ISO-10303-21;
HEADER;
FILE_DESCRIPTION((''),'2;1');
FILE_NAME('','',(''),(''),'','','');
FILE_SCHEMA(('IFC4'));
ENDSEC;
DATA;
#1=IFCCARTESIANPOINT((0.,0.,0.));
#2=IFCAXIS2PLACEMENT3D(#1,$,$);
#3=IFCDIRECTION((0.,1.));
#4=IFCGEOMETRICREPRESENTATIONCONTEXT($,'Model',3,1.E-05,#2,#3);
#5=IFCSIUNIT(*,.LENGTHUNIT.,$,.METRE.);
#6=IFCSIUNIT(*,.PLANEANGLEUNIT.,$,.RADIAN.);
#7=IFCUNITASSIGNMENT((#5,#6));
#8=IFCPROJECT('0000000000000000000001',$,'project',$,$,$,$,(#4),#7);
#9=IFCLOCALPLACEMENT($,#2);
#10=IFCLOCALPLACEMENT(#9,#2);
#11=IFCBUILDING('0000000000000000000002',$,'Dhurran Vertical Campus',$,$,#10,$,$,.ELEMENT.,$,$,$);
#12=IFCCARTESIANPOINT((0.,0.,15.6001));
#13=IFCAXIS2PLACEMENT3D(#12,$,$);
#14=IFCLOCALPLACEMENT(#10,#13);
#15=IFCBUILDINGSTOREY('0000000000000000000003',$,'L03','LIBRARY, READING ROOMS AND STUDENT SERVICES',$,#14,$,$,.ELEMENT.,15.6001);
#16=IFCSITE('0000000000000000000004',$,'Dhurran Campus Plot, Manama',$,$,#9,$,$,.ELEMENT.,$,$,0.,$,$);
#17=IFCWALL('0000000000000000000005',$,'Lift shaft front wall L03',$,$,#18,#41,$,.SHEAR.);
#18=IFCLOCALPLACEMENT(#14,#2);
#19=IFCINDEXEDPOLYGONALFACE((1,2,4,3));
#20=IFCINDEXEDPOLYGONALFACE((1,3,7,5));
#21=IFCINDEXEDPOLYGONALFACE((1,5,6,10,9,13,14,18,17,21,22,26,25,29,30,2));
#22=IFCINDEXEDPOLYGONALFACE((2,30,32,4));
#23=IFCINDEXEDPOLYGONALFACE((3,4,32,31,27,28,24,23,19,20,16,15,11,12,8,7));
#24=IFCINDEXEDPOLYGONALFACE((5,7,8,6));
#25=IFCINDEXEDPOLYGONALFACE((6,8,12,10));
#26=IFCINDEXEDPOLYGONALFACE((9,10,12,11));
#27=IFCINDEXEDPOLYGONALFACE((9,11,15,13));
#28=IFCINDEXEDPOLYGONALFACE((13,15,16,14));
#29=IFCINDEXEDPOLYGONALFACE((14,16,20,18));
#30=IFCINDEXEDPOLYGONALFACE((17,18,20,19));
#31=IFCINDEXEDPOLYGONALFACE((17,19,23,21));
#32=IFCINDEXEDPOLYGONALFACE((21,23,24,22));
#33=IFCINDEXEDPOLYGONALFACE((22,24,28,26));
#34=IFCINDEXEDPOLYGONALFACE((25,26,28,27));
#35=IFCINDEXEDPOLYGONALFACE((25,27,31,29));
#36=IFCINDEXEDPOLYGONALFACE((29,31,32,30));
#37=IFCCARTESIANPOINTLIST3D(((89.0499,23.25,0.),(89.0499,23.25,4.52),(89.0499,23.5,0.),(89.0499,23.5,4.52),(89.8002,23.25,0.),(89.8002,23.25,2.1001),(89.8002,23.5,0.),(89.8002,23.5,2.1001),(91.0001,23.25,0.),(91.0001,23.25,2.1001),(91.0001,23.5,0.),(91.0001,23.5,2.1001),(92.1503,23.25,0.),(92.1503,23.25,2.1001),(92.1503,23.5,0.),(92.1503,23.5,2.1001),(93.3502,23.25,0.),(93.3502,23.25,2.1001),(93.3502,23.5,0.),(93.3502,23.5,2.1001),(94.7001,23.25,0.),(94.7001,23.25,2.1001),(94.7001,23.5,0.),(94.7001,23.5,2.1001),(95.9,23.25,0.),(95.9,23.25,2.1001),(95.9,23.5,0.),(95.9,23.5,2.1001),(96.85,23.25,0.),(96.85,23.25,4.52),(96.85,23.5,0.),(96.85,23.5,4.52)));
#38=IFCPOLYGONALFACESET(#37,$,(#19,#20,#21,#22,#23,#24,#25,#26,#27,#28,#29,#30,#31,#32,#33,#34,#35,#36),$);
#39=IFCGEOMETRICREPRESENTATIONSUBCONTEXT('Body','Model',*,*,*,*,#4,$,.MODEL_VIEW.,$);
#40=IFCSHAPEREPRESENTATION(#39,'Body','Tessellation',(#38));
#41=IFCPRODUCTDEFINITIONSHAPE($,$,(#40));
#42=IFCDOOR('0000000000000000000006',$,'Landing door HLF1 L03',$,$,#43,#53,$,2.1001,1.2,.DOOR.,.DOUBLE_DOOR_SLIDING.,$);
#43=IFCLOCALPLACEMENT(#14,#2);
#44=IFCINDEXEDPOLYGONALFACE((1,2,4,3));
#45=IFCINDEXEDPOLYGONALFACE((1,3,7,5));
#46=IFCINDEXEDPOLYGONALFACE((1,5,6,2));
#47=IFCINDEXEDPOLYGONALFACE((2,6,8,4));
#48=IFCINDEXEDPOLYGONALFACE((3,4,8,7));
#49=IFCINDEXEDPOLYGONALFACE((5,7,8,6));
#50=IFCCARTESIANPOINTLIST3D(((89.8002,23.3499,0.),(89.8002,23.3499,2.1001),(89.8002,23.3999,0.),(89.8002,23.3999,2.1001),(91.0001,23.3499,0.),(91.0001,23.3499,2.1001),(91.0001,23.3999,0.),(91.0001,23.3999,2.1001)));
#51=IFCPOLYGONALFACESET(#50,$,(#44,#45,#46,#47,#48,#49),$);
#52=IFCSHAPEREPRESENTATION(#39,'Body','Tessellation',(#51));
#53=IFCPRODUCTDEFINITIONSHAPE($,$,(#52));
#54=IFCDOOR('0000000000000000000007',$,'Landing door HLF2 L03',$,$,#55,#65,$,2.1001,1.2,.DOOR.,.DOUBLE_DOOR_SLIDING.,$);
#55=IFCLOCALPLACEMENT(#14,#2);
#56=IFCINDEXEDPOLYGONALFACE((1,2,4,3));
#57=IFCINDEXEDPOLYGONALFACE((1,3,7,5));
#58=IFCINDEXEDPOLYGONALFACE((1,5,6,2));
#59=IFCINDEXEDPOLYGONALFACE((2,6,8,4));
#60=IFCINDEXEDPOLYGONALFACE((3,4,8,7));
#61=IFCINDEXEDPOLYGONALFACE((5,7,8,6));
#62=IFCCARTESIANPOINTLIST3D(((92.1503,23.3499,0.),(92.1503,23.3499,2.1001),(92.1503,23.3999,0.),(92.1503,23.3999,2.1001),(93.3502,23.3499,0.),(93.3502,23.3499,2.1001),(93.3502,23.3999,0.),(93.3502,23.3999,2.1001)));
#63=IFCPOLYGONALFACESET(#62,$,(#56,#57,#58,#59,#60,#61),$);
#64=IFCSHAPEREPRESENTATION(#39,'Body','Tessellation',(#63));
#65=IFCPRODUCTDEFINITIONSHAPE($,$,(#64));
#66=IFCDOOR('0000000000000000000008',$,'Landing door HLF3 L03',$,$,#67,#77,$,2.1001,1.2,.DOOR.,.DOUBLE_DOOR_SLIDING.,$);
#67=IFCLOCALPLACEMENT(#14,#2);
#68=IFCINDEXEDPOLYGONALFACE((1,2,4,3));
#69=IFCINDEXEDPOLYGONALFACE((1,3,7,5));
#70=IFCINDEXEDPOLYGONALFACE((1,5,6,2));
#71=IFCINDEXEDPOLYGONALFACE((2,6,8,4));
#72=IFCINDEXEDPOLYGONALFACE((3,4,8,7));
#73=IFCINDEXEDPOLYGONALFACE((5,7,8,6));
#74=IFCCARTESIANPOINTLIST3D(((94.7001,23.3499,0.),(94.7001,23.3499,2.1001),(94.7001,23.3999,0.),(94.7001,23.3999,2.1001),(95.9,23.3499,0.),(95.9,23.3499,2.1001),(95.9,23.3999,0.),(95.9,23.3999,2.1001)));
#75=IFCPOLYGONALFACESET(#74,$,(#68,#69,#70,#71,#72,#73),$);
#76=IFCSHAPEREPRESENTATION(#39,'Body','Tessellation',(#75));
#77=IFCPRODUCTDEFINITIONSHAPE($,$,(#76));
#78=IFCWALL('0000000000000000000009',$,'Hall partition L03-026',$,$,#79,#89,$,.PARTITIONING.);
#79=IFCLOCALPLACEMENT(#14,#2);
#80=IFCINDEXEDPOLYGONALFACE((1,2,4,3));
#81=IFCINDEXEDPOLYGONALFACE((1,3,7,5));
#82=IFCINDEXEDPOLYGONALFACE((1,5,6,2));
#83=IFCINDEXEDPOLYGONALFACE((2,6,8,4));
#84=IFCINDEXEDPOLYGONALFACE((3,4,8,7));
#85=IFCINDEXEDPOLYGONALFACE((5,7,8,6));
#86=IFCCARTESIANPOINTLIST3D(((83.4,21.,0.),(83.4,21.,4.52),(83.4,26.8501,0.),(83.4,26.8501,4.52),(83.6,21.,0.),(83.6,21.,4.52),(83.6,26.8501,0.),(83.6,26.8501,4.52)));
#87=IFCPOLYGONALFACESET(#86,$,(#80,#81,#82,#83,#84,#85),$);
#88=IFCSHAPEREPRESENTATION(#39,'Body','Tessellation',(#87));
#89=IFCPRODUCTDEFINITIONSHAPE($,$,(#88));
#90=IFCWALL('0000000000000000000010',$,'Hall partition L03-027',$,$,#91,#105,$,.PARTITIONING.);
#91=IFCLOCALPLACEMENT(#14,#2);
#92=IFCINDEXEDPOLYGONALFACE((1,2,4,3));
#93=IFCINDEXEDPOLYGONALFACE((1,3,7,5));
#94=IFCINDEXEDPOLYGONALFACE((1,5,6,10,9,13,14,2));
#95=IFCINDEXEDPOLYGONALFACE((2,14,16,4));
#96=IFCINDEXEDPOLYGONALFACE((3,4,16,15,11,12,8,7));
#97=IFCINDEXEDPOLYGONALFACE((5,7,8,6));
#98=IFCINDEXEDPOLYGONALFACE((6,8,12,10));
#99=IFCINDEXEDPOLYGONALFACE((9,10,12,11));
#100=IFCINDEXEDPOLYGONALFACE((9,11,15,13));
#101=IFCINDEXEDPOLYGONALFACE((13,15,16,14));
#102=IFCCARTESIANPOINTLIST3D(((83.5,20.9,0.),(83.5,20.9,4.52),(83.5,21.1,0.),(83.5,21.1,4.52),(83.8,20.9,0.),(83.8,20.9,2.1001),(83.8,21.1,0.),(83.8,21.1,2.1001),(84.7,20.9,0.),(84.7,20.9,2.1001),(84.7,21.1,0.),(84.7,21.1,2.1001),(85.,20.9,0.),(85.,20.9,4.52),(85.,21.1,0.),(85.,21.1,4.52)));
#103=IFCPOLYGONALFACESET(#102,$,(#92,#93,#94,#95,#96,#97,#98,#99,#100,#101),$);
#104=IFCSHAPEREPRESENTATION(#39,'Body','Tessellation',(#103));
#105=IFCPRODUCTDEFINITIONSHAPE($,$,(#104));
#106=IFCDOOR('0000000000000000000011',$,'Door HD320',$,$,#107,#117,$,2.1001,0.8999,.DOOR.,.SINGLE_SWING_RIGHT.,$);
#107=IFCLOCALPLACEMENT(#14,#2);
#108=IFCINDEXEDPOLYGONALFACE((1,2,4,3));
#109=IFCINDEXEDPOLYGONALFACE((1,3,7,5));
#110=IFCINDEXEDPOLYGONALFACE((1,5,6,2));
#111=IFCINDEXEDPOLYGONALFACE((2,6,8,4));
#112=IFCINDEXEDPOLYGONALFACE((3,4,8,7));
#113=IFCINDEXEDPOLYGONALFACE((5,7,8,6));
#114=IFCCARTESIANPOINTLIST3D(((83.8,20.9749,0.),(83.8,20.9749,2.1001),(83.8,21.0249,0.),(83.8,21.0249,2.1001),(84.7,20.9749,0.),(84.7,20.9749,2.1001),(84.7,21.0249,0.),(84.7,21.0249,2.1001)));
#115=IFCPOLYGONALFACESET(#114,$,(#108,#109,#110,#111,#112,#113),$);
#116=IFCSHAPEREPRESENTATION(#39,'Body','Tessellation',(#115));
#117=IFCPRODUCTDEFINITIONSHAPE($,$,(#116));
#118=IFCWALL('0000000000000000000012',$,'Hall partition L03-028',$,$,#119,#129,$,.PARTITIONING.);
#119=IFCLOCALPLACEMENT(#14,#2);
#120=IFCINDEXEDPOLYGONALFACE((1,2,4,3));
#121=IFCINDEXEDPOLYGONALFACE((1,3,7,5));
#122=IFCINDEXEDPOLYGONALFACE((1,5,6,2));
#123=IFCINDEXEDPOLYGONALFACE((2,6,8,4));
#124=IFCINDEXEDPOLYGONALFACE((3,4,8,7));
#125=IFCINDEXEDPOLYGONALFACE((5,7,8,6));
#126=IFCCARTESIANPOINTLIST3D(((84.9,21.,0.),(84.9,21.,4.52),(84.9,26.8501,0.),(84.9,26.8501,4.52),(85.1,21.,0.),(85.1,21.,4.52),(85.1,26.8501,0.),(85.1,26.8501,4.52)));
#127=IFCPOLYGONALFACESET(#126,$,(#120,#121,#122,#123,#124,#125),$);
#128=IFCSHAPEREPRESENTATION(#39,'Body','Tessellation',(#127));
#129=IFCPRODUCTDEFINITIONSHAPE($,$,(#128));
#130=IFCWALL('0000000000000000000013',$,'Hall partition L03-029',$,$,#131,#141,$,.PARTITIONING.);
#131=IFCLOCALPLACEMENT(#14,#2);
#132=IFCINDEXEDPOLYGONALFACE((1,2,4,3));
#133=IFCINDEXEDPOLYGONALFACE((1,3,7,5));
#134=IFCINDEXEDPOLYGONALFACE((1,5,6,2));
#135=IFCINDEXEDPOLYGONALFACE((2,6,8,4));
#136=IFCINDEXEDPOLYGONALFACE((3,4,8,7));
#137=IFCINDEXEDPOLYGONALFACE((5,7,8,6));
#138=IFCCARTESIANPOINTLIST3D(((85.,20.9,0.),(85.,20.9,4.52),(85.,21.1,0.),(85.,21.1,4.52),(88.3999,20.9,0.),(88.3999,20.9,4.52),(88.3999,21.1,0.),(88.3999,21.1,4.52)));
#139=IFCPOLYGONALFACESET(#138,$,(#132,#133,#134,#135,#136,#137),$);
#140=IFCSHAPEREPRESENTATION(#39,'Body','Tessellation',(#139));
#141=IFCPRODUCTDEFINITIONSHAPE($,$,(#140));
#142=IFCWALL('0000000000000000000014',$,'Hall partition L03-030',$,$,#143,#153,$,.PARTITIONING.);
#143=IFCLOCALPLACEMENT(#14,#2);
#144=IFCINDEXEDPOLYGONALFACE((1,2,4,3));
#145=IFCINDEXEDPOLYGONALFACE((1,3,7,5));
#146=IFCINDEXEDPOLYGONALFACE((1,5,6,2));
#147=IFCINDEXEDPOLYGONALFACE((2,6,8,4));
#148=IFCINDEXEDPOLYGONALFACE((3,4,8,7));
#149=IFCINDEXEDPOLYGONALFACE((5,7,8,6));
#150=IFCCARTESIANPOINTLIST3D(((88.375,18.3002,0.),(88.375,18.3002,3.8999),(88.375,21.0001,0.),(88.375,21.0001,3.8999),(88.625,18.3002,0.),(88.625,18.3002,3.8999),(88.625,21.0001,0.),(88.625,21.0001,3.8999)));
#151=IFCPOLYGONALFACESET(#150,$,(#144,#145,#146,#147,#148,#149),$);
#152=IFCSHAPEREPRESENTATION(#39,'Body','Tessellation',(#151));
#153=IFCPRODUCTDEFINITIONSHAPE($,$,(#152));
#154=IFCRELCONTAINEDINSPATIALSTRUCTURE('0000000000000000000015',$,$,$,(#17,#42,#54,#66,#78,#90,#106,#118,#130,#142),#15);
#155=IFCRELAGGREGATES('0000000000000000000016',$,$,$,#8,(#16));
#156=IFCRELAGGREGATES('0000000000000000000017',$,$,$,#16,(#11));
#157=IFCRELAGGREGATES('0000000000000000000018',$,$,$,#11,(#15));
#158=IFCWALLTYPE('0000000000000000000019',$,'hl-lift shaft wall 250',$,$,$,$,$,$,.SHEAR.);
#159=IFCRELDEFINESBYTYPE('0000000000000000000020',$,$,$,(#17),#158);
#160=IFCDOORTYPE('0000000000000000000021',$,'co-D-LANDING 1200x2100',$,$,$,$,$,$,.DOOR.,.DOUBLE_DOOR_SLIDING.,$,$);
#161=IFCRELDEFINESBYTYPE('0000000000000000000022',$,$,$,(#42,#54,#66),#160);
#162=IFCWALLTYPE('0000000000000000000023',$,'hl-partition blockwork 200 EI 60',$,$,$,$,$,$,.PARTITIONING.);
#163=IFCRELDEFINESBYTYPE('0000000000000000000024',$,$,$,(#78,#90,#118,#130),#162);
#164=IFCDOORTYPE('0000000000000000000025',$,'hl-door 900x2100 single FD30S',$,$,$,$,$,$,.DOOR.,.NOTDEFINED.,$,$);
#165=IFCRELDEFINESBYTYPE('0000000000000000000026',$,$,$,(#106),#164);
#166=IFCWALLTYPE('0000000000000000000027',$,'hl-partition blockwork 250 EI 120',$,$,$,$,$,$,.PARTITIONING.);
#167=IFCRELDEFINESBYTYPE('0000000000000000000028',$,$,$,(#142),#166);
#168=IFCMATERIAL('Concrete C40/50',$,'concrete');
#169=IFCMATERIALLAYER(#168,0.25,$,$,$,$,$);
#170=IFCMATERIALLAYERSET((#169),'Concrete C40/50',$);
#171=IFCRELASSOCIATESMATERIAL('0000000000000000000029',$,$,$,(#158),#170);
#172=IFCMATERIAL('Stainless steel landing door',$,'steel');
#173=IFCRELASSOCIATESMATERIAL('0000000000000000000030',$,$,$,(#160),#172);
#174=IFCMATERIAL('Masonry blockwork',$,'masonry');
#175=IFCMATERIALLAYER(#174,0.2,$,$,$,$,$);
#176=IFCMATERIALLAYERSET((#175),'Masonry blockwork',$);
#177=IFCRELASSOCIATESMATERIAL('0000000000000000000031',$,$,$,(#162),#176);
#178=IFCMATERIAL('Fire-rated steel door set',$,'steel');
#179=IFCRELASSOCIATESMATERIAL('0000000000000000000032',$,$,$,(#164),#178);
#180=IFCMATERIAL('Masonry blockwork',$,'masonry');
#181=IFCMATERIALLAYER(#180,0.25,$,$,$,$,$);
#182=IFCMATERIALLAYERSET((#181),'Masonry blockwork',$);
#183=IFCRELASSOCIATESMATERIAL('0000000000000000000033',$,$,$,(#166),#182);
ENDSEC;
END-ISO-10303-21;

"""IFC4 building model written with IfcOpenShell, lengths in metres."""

from ifc_helpers import new_model, si_unit, direction, frame, frame_2d, origin, place, context, subcontext, project, spatial, rectangle, extrude, material, layer, layer_set, type_object, element, fill, save


model = new_model("IFC4")

# Units and contexts
model_context = context("Model", 3, precision=1e-05, world=origin(), true_north=direction((0.0, 1.0)))
body_context = subcontext(model_context, "Body", "Model", "MODEL_VIEW")
ifc_project = project(units=[si_unit("LENGTHUNIT", "METRE"), si_unit("PLANEANGLEUNIT", "RADIAN")], contexts=[model_context])

# Site, building, storey
site_placement = place(None, origin())
site = spatial("IfcSite", under=ifc_project, at=site_placement, Name="Dhurran Campus Plot, Manama", CompositionType="ELEMENT", RefElevation=0.0)
building_placement = place(site_placement, origin())
building = spatial("IfcBuilding", under=site, at=building_placement, Name="Dhurran Vertical Campus", CompositionType="ELEMENT")
storey_placement = place(building_placement, frame((0.0, 0.0, 15.6001)))
storey = spatial("IfcBuildingStorey", under=building, at=storey_placement, Name="L03", Description="LIBRARY, READING ROOMS AND STUDENT SERVICES", CompositionType="ELEMENT", Elevation=15.6001)

# Shared definitions
ifc_material_1 = material(Name="Concrete C40/50", Category="concrete")
ifc_layer_1 = layer(ifc_material_1, 0.25)
ifc_layer_set_1 = layer_set([ifc_layer_1], Name="Concrete C40/50")
wall_type_1 = type_object("IfcWallType", Name="hl-lift shaft wall 250", PredefinedType="SHEAR", material=ifc_layer_set_1)

# Wall, openings, doors
wall_1_placement = place(storey_placement, frame((89.05, 23.375, 0.0), z_axis=(0.0, 0.0, 1.0), x_axis=(1.0, 0.0, 0.0)))
wall_1 = element("IfcWall", 1, at=wall_1_placement, inside=storey, type_object=wall_type_1, Name="Lift shaft front wall L03", PredefinedType="SHEAR", context=body_context, shape_type="SweptSolid", body=[
    extrude(rectangle(XDim=7.8, YDim=0.25, at=frame_2d((3.8999, 0.0))), origin(), (0.0, 0.0, 1.0), 4.52),
])
opening_1_placement = place(wall_1_placement, frame((0.75, 0.0, 0.0)))
opening_1 = element("IfcOpeningElement", 2, at=opening_1_placement, cuts=wall_1, PredefinedType="OPENING", context=body_context, shape_type="SweptSolid", body=[
    extrude(rectangle(XDim=1.2, YDim=2.1001, at=frame_2d((0.6001, 1.05))), frame((0.0, 0.135, 0.0), z_axis=(0.0, -1.0, 0.0), x_axis=(1.0, 0.0, 0.0)), (0.0, 0.0, 1.0), 0.27),
])
opening_2_placement = place(wall_1_placement, frame((3.1001, 0.0, 0.0)))
opening_2 = element("IfcOpeningElement", 3, at=opening_2_placement, cuts=wall_1, PredefinedType="OPENING", context=body_context, shape_type="SweptSolid", body=[
    extrude(rectangle(XDim=1.2, YDim=2.1001, at=frame_2d((0.6001, 1.05))), frame((0.0, 0.135, 0.0), z_axis=(0.0, -1.0, 0.0), x_axis=(1.0, 0.0, 0.0)), (0.0, 0.0, 1.0), 0.27),
])
opening_3_placement = place(wall_1_placement, frame((5.6499, 0.0, 0.0)))
opening_3 = element("IfcOpeningElement", 4, at=opening_3_placement, cuts=wall_1, PredefinedType="OPENING", context=body_context, shape_type="SweptSolid", body=[
    extrude(rectangle(XDim=1.2, YDim=2.1001, at=frame_2d((0.6001, 1.05))), frame((0.0, 0.135, 0.0), z_axis=(0.0, -1.0, 0.0), x_axis=(1.0, 0.0, 0.0)), (0.0, 0.0, 1.0), 0.27),
])
ifc_material_2 = material(Name="Stainless steel landing door", Category="steel")
door_type_1 = type_object("IfcDoorType", Name="co-D-LANDING 1200x2100", OperationType="DOUBLE_DOOR_SLIDING", PredefinedType="DOOR", material=ifc_material_2)
door_1_placement = place(opening_1_placement, origin())
door_1 = element("IfcDoor", 5, at=door_1_placement, inside=storey, type_object=door_type_1, Name="Landing door HLF1 L03", OperationType="DOUBLE_DOOR_SLIDING", OverallHeight=2.1001, OverallWidth=1.2, PredefinedType="DOOR", context=body_context, shape_type="SweptSolid", body=[
    extrude(rectangle(XDim=1.2, YDim=2.1001, at=frame_2d((0.6001, 1.05))), frame((0.0, 0.0249, 0.0), z_axis=(0.0, -1.0, 0.0), x_axis=(1.0, 0.0, 0.0)), (0.0, 0.0, 1.0), 0.05),
])
fill(opening_1, door_1)
door_2_placement = place(opening_2_placement, origin())
door_2 = element("IfcDoor", 6, at=door_2_placement, inside=storey, type_object=door_type_1, Name="Landing door HLF2 L03", OperationType="DOUBLE_DOOR_SLIDING", OverallHeight=2.1001, OverallWidth=1.2, PredefinedType="DOOR", context=body_context, shape_type="SweptSolid", body=[
    extrude(rectangle(XDim=1.2, YDim=2.1001, at=frame_2d((0.6001, 1.05))), frame((0.0, 0.0249, 0.0), z_axis=(0.0, -1.0, 0.0), x_axis=(1.0, 0.0, 0.0)), (0.0, 0.0, 1.0), 0.05),
])
fill(opening_2, door_2)
door_3_placement = place(opening_3_placement, origin())
door_3 = element("IfcDoor", 7, at=door_3_placement, inside=storey, type_object=door_type_1, Name="Landing door HLF3 L03", OperationType="DOUBLE_DOOR_SLIDING", OverallHeight=2.1001, OverallWidth=1.2, PredefinedType="DOOR", context=body_context, shape_type="SweptSolid", body=[
    extrude(rectangle(XDim=1.2, YDim=2.1001, at=frame_2d((0.6001, 1.05))), frame((0.0, 0.0249, 0.0), z_axis=(0.0, -1.0, 0.0), x_axis=(1.0, 0.0, 0.0)), (0.0, 0.0, 1.0), 0.05),
])
fill(opening_3, door_3)

# Wall
ifc_material_3 = material(Name="Masonry blockwork", Category="masonry")
ifc_layer_2 = layer(ifc_material_3, 0.2)
ifc_layer_set_2 = layer_set([ifc_layer_2], Name="Masonry blockwork")
wall_type_2 = type_object("IfcWallType", Name="hl-partition blockwork 200 EI 60", PredefinedType="PARTITIONING", material=ifc_layer_set_2)
wall_2_placement = place(storey_placement, frame((83.5, 21.0, 0.0), z_axis=(0.0, 0.0, 1.0), x_axis=(0.0, 1.0, 0.0)))
element("IfcWall", 8, at=wall_2_placement, inside=storey, type_object=wall_type_2, Name="Hall partition L03-026", PredefinedType="PARTITIONING", context=body_context, shape_type="SweptSolid", body=[
    extrude(rectangle(XDim=5.8501, YDim=0.2, at=frame_2d((2.925, 0.0))), origin(), (0.0, 0.0, 1.0), 4.52),
])

# Wall, opening, door
wall_3_placement = place(storey_placement, frame((83.5, 21.0, 0.0), z_axis=(0.0, 0.0, 1.0), x_axis=(1.0, 0.0, 0.0)))
wall_3 = element("IfcWall", 9, at=wall_3_placement, inside=storey, type_object=wall_type_2, Name="Hall partition L03-027", PredefinedType="PARTITIONING", context=body_context, shape_type="SweptSolid", body=[
    extrude(rectangle(XDim=1.5, YDim=0.2, at=frame_2d((0.75, 0.0))), origin(), (0.0, 0.0, 1.0), 4.52),
])
opening_4_placement = place(wall_3_placement, frame((0.3, 0.0, 0.0)))
opening_4 = element("IfcOpeningElement", 10, at=opening_4_placement, cuts=wall_3, PredefinedType="OPENING", context=body_context, shape_type="SweptSolid", body=[
    extrude(rectangle(XDim=0.8999, YDim=2.1001, at=frame_2d((0.45, 1.05))), frame((0.0, 0.1099, 0.0), z_axis=(0.0, -1.0, 0.0), x_axis=(1.0, 0.0, 0.0)), (0.0, 0.0, 1.0), 0.22),
])
ifc_material_4 = material(Name="Fire-rated steel door set", Category="steel")
door_type_2 = type_object("IfcDoorType", Name="hl-door 900x2100 single FD30S", OperationType="NOTDEFINED", PredefinedType="DOOR", material=ifc_material_4)
door_4_placement = place(opening_4_placement, origin())
door_4 = element("IfcDoor", 11, at=door_4_placement, inside=storey, type_object=door_type_2, Name="Door HD320", OperationType="SINGLE_SWING_RIGHT", OverallHeight=2.1001, OverallWidth=0.8999, PredefinedType="DOOR", context=body_context, shape_type="SweptSolid", body=[
    extrude(rectangle(XDim=0.8999, YDim=2.1001, at=frame_2d((0.45, 1.05))), frame((0.0, 0.0249, 0.0), z_axis=(0.0, -1.0, 0.0), x_axis=(1.0, 0.0, 0.0)), (0.0, 0.0, 1.0), 0.05),
])
fill(opening_4, door_4)

# Walls
wall_4_placement = place(storey_placement, frame((85.0, 21.0, 0.0), z_axis=(0.0, 0.0, 1.0), x_axis=(0.0, 1.0, 0.0)))
element("IfcWall", 12, at=wall_4_placement, inside=storey, type_object=wall_type_2, Name="Hall partition L03-028", PredefinedType="PARTITIONING", context=body_context, shape_type="SweptSolid", body=[
    extrude(rectangle(XDim=5.8501, YDim=0.2, at=frame_2d((2.925, 0.0))), origin(), (0.0, 0.0, 1.0), 4.52),
])
wall_5_placement = place(storey_placement, frame((85.0, 21.0, 0.0), z_axis=(0.0, 0.0, 1.0), x_axis=(1.0, 0.0, 0.0)))
element("IfcWall", 13, at=wall_5_placement, inside=storey, type_object=wall_type_2, Name="Hall partition L03-029", PredefinedType="PARTITIONING", context=body_context, shape_type="SweptSolid", body=[
    extrude(rectangle(XDim=3.3999, YDim=0.2, at=frame_2d((1.7, 0.0))), origin(), (0.0, 0.0, 1.0), 4.52),
])
ifc_material_5 = material(Name="Masonry blockwork", Category="masonry")
ifc_layer_3 = layer(ifc_material_5, 0.25)
ifc_layer_set_3 = layer_set([ifc_layer_3], Name="Masonry blockwork")
wall_type_3 = type_object("IfcWallType", Name="hl-partition blockwork 250 EI 120", PredefinedType="PARTITIONING", material=ifc_layer_set_3)
wall_6_placement = place(storey_placement, frame((88.5, 18.3, 0.0), z_axis=(0.0, 0.0, 1.0), x_axis=(0.0, 1.0, 0.0)))
element("IfcWall", 14, at=wall_6_placement, inside=storey, type_object=wall_type_3, Name="Hall partition L03-030", PredefinedType="PARTITIONING", context=body_context, shape_type="SweptSolid", body=[
    extrude(rectangle(XDim=2.7, YDim=0.25, at=frame_2d((1.3501, 0.0))), origin(), (0.0, 0.0, 1.0), 3.8999),
])

save(model, "model.ifc")
